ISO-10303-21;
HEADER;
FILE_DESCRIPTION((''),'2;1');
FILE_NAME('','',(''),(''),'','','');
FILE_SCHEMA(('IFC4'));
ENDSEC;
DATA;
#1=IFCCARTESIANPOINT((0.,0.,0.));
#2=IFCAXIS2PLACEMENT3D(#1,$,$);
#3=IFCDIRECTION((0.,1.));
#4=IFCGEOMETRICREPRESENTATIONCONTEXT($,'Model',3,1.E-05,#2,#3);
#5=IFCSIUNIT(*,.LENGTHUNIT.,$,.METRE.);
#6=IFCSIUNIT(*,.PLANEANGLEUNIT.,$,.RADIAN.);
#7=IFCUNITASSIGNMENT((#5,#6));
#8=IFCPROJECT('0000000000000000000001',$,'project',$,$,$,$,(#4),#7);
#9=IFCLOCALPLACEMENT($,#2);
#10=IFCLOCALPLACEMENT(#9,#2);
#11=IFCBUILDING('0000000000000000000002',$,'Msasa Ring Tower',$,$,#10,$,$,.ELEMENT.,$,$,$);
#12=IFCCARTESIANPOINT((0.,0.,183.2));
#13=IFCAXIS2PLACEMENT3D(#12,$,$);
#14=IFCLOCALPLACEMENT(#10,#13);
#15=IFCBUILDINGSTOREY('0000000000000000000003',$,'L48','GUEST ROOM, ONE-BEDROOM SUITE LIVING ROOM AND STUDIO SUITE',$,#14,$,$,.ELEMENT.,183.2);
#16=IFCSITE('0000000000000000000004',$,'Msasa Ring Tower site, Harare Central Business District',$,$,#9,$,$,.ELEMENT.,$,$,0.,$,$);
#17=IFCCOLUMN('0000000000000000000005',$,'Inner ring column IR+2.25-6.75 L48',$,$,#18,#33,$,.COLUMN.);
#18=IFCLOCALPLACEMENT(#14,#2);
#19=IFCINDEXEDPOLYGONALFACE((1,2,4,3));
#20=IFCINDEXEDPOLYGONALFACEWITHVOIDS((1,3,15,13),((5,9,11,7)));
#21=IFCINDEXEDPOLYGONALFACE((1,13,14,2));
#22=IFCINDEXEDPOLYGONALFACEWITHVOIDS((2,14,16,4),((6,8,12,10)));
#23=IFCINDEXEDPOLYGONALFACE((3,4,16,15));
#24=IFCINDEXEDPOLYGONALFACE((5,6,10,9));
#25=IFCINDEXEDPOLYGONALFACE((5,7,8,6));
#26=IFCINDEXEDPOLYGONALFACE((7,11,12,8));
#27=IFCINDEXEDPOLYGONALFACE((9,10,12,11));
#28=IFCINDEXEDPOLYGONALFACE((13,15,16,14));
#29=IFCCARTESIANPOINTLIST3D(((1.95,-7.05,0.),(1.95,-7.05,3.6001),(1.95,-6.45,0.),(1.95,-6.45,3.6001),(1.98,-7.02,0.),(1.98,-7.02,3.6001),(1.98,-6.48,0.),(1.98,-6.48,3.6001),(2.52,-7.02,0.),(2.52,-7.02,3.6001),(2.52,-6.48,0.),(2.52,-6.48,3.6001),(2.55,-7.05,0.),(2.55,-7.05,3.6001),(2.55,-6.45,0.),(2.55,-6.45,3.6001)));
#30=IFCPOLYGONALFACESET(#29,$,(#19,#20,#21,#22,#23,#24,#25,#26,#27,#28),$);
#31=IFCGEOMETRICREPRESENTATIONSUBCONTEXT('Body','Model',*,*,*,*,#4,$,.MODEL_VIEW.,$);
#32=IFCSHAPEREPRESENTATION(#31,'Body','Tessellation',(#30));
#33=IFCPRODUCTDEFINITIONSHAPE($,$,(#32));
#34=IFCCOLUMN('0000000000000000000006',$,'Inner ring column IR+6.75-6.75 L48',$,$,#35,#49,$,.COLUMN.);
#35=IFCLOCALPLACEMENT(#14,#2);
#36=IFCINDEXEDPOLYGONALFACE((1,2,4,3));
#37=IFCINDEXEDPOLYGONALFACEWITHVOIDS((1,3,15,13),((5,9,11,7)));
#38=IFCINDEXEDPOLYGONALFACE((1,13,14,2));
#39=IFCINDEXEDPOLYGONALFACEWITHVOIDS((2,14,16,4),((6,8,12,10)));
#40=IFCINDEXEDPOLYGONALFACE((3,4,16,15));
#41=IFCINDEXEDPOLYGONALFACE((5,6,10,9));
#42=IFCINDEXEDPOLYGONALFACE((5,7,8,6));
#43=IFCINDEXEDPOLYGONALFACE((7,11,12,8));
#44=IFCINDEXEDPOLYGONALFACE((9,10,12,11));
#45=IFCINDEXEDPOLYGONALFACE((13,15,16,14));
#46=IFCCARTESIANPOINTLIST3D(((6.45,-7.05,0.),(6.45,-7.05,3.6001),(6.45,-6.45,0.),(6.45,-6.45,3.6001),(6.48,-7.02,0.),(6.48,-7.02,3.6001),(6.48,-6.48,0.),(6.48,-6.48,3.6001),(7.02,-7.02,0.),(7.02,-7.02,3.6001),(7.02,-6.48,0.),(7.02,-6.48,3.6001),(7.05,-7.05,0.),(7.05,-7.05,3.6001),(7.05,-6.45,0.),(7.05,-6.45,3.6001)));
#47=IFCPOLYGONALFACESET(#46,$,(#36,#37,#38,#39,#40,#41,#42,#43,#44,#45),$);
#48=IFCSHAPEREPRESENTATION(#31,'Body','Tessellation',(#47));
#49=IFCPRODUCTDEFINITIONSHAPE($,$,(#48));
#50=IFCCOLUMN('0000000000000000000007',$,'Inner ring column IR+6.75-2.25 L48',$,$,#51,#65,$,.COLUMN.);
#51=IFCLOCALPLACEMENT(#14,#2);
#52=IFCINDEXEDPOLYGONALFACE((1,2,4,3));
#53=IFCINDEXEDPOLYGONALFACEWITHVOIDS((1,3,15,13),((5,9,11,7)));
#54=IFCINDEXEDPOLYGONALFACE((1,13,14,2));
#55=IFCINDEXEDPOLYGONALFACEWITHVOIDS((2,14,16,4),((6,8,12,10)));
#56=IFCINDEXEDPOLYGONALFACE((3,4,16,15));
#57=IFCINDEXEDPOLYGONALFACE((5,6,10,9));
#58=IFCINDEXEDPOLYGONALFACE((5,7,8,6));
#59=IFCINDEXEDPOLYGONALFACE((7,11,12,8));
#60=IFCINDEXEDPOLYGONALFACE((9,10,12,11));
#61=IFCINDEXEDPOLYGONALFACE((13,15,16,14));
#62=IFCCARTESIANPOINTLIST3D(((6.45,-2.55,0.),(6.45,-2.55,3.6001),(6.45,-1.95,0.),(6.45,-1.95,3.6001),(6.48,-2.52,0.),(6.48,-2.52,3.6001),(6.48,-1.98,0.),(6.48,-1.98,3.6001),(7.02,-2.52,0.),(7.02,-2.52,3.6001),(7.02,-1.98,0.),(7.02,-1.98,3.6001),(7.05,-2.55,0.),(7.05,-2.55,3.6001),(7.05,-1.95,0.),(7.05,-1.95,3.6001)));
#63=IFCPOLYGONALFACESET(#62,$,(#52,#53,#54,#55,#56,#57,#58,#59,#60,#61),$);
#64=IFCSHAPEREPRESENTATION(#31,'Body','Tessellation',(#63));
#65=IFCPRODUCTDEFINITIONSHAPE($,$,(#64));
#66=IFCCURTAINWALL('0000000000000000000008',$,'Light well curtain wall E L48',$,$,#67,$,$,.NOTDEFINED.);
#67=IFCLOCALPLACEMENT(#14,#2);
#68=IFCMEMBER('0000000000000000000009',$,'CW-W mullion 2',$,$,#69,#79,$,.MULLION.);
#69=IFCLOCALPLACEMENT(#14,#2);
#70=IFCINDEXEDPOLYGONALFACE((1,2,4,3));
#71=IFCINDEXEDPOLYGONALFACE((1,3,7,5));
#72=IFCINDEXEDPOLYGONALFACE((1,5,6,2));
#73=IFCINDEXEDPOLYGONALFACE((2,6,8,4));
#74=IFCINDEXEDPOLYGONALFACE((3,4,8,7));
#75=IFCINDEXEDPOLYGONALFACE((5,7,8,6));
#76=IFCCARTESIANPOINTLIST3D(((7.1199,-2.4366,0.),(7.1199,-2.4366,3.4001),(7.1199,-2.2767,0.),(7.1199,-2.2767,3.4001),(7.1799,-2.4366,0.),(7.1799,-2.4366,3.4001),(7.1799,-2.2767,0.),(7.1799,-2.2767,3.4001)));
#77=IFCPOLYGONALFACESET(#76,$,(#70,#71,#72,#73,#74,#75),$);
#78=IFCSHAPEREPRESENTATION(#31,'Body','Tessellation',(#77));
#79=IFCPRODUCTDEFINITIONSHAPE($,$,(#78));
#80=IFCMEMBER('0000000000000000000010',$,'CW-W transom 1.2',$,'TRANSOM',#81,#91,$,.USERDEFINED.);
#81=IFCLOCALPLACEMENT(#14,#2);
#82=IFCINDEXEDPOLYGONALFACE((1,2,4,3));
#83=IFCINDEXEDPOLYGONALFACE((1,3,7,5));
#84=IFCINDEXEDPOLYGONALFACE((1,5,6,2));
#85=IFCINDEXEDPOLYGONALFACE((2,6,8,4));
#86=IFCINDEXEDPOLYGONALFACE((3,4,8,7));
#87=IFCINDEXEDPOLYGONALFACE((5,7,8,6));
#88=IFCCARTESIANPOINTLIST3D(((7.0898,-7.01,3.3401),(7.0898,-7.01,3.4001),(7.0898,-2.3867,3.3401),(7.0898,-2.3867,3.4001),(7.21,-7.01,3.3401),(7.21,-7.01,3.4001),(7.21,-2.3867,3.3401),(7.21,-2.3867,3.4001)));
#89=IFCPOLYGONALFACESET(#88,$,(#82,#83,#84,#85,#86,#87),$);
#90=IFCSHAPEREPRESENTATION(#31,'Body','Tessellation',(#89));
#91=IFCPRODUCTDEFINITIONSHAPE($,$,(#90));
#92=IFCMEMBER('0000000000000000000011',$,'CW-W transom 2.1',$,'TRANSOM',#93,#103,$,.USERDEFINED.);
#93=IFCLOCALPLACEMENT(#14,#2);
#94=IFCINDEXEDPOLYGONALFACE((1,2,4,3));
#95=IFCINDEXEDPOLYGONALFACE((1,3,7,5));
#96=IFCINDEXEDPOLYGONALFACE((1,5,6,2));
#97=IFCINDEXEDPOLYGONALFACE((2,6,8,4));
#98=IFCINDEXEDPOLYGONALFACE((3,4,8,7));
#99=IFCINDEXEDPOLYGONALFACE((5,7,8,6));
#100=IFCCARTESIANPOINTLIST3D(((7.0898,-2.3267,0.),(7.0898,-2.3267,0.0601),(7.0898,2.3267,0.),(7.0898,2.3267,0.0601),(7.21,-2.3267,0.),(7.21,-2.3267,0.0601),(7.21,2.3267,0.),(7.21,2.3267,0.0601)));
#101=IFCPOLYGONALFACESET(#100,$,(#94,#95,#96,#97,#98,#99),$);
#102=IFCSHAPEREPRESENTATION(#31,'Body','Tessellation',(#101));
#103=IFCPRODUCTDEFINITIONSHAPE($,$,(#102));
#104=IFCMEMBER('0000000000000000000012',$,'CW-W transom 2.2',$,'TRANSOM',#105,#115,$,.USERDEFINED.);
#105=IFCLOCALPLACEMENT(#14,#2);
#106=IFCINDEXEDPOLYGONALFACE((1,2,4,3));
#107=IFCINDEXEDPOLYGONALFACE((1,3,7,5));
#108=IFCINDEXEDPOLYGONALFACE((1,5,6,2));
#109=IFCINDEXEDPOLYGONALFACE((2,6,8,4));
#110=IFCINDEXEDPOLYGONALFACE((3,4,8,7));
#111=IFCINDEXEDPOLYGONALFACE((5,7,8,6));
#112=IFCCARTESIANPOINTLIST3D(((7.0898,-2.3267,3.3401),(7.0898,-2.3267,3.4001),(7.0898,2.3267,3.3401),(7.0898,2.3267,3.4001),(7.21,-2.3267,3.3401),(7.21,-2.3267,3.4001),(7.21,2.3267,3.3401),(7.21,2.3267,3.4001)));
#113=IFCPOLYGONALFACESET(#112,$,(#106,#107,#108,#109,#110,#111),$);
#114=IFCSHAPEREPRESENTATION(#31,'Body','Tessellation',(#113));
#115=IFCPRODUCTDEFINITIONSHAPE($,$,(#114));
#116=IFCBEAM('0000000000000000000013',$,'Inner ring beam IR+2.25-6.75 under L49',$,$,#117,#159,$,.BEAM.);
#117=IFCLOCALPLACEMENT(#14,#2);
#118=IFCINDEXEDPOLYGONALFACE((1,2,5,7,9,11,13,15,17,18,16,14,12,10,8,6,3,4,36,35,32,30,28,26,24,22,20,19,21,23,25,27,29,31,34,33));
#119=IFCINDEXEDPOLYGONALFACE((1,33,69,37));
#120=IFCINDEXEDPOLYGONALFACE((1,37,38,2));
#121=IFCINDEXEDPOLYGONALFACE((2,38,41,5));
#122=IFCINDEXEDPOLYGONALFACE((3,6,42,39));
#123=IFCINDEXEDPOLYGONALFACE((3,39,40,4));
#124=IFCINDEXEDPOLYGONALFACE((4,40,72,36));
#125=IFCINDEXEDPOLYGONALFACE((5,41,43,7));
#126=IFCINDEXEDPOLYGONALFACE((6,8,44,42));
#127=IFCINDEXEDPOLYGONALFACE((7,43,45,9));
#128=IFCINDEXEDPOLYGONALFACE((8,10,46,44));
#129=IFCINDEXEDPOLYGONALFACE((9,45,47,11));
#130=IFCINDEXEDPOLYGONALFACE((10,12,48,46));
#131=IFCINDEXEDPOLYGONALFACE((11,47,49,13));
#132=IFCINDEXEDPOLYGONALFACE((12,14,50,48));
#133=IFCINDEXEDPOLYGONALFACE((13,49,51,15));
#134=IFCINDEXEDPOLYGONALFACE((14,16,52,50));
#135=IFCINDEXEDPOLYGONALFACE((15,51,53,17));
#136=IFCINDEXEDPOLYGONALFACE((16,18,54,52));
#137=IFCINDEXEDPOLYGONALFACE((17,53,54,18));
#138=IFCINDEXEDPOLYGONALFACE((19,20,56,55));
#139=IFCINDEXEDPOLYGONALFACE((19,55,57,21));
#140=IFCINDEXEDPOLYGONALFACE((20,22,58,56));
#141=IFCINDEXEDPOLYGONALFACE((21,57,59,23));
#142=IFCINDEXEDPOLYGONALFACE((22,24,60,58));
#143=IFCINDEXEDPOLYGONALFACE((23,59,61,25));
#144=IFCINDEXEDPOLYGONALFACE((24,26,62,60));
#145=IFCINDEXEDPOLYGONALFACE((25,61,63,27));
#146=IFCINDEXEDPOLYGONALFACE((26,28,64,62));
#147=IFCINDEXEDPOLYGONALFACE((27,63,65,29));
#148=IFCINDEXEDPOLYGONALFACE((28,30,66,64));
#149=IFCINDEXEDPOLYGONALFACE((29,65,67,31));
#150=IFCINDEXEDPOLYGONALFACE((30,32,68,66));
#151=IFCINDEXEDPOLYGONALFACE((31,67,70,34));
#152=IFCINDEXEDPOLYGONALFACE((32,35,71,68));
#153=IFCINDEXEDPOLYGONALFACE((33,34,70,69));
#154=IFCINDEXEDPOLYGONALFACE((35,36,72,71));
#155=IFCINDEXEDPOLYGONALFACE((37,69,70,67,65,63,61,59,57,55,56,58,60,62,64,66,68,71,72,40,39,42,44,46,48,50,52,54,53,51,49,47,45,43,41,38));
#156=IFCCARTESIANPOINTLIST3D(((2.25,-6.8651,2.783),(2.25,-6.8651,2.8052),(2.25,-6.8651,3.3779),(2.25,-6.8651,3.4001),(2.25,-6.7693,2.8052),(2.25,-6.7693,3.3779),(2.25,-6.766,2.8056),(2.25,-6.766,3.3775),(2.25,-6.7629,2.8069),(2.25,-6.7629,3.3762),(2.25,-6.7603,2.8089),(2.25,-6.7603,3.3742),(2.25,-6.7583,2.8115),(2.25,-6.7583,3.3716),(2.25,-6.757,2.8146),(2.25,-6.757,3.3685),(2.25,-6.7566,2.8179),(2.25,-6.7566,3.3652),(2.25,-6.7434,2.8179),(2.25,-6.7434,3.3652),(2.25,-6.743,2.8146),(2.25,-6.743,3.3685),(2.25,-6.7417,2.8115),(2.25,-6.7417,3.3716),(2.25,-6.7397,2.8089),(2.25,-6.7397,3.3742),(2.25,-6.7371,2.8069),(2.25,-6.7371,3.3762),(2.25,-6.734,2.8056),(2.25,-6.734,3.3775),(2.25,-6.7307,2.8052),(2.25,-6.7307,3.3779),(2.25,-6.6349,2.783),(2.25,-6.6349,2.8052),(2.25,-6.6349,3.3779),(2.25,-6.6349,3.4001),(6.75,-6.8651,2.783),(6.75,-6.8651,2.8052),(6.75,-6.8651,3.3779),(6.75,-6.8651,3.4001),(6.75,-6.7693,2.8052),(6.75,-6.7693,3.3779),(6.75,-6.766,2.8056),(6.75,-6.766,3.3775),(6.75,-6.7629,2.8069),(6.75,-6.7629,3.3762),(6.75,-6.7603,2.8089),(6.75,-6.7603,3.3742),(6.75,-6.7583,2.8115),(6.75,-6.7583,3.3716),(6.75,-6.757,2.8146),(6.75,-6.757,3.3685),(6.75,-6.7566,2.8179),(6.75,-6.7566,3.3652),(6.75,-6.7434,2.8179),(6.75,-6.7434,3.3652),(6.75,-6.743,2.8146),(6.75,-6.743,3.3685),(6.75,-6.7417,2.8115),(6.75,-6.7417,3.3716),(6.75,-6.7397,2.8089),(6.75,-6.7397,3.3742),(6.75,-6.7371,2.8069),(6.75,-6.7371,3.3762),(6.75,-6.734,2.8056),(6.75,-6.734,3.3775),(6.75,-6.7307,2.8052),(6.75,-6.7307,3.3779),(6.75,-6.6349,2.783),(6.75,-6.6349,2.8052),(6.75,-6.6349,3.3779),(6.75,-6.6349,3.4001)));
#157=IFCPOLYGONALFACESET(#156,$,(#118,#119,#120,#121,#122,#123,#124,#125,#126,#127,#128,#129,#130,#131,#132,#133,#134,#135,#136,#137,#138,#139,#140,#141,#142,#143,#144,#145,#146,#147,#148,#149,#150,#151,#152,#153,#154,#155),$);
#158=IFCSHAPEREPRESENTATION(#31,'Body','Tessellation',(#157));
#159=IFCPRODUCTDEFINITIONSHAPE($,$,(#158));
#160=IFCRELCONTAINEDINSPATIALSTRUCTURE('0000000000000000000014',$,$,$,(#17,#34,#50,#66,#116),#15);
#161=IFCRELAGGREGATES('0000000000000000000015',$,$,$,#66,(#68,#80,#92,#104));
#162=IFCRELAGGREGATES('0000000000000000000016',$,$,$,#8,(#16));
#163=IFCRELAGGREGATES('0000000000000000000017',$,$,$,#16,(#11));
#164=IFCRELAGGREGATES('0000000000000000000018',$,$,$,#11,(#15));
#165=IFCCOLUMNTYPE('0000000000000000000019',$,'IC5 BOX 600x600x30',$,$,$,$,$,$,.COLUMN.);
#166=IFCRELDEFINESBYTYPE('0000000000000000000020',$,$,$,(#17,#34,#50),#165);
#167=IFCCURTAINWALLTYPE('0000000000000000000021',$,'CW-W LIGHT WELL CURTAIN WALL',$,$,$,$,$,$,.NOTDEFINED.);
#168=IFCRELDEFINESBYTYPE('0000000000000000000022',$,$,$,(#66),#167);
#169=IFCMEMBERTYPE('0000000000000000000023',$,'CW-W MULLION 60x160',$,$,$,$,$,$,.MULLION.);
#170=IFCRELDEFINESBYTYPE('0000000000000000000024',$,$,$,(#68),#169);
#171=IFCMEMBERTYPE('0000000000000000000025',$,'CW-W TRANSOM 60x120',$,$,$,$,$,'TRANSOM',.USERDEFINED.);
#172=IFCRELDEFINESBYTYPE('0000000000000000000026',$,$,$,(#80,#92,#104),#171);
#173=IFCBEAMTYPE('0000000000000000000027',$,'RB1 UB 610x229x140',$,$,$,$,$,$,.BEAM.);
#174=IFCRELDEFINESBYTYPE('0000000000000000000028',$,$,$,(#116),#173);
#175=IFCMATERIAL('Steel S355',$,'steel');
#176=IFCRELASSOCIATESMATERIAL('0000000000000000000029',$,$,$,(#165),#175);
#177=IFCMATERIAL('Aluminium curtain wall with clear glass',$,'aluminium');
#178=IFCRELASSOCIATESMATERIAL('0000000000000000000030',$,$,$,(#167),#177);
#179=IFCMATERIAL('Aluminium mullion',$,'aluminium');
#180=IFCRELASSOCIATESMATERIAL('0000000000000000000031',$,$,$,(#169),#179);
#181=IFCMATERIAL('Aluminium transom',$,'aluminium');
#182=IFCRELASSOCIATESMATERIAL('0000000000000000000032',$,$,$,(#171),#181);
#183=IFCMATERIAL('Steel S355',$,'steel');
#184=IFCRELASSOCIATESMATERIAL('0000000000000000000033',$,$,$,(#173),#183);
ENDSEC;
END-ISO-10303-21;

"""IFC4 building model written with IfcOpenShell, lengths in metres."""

from ifc_helpers import new_model, si_unit, direction, frame, origin, origin_2d, place, context, subcontext, project, spatial, rectangle, hollow_rectangle, i_section, extrude, material, material_profile, profile_set, type_object, element, aggregate, save


model = new_model("IFC4")

# Units and contexts
model_context = context("Model", 3, precision=1e-05, world=origin(), true_north=direction((0.0, 1.0)))
body_context = subcontext(model_context, "Body", "Model", "MODEL_VIEW")
ifc_project = project(units=[si_unit("LENGTHUNIT", "METRE"), si_unit("PLANEANGLEUNIT", "RADIAN")], contexts=[model_context])

# Site, building, storey
site_placement = place(None, origin())
site = spatial("IfcSite", under=ifc_project, at=site_placement, Name="Msasa Ring Tower site, Harare Central Business District", CompositionType="ELEMENT", RefElevation=0.0)
building_placement = place(site_placement, origin())
building = spatial("IfcBuilding", under=site, at=building_placement, Name="Msasa Ring Tower", CompositionType="ELEMENT")
storey_placement = place(building_placement, frame((0.0, 0.0, 183.2)))
storey = spatial("IfcBuildingStorey", under=building, at=storey_placement, Name="L48", Description="GUEST ROOM, ONE-BEDROOM SUITE LIVING ROOM AND STUDIO SUITE", CompositionType="ELEMENT", Elevation=183.2)

# Columns
ifc_material_1 = material(Name="Steel S355", Category="steel")
ifc_material_profile_1 = material_profile(ifc_material_1, hollow_rectangle(XDim=0.6001, YDim=0.6001, WallThickness=0.03, at=origin_2d()), Name="BOX 600x600x30")
ifc_profile_set_1 = profile_set([ifc_material_profile_1], Name="Steel S355")
column_type = type_object("IfcColumnType", Name="IC5 BOX 600x600x30", PredefinedType="COLUMN", material=ifc_profile_set_1)
for number, where, z_axis, x_axis, name in (
    (1, (2.25, -6.75, 0.0), (0.0, 0.0, 1.0), (1.0, 0.0, 0.0), "Inner ring column IR+2.25-6.75 L48"),
    (2, (6.75, -6.75, 0.0), (0.0, 0.0, 1.0), (1.0, 0.0, 0.0), "Inner ring column IR+6.75-6.75 L48"),
    (3, (6.75, -2.25, 0.0), (0.0, 0.0, 1.0), (1.0, 0.0, 0.0), "Inner ring column IR+6.75-2.25 L48"),
):
    element("IfcColumn", number, at=place(storey_placement, frame(where, z_axis=z_axis, x_axis=x_axis)), inside=storey, type_object=column_type, Name=name, PredefinedType="COLUMN", context=body_context, shape_type="SweptSolid", body=[
        extrude(hollow_rectangle(XDim=0.6001, YDim=0.6001, WallThickness=0.03, at=origin_2d()), origin(), (0.0, 0.0, 1.0), 3.6001),
    ])

# Curtain wall, members
ifc_material_2 = material(Name="Aluminium curtain wall with clear glass", Category="aluminium")
curtain_wall_type = type_object("IfcCurtainWallType", Name="CW-W LIGHT WELL CURTAIN WALL", PredefinedType="NOTDEFINED", material=ifc_material_2)
curtain_wall_placement = place(storey_placement, origin())
curtain_wall = element("IfcCurtainWall", 4, at=curtain_wall_placement, inside=storey, type_object=curtain_wall_type, Name="Light well curtain wall E L48", PredefinedType="NOTDEFINED")
ifc_material_3 = material(Name="Aluminium mullion", Category="aluminium")
ifc_material_profile_2 = material_profile(ifc_material_3, rectangle(XDim=0.0601, YDim=0.1599, at=origin_2d()), Name="AL 60x160")
ifc_profile_set_2 = profile_set([ifc_material_profile_2], Name="Aluminium mullion")
member_type_1 = type_object("IfcMemberType", Name="CW-W MULLION 60x160", PredefinedType="MULLION", material=ifc_profile_set_2)
member_1_placement = place(storey_placement, frame((7.1499, -2.3567, 0.0), z_axis=(0.0, 0.0, 1.0), x_axis=(-1.0, 0.0, 0.0)))
member_1 = element("IfcMember", 5, at=member_1_placement, type_object=member_type_1, Name="CW-W mullion 2", PredefinedType="MULLION", context=body_context, shape_type="SweptSolid", body=[
    extrude(rectangle(XDim=0.0601, YDim=0.1599, at=origin_2d()), origin(), (0.0, 0.0, 1.0), 3.4001),
])
ifc_material_4 = material(Name="Aluminium transom", Category="aluminium")
ifc_material_profile_3 = material_profile(ifc_material_4, rectangle(XDim=0.1201, YDim=0.0601, at=origin_2d()), Name="AL 60x120")
ifc_profile_set_3 = profile_set([ifc_material_profile_3], Name="Aluminium transom")
member_type_2 = type_object("IfcMemberType", Name="CW-W TRANSOM 60x120", ElementType="TRANSOM", PredefinedType="USERDEFINED", material=ifc_profile_set_3)
member_2_placement = place(storey_placement, frame((7.1499, -7.01, 3.3701), z_axis=(0.0, 1.0, 0.0), x_axis=(-1.0, 0.0, 0.0)))
member_2 = element("IfcMember", 6, at=member_2_placement, type_object=member_type_2, Name="CW-W transom 1.2", ObjectType="TRANSOM", PredefinedType="USERDEFINED", context=body_context, shape_type="SweptSolid", body=[
    extrude(rectangle(XDim=0.1201, YDim=0.0601, at=origin_2d()), origin(), (0.0, 0.0, 1.0), 4.6233),
])
member_3_placement = place(storey_placement, frame((7.1499, -2.3267, 0.03), z_axis=(0.0, 1.0, 0.0), x_axis=(-1.0, 0.0, 0.0)))
member_3 = element("IfcMember", 7, at=member_3_placement, type_object=member_type_2, Name="CW-W transom 2.1", ObjectType="TRANSOM", PredefinedType="USERDEFINED", context=body_context, shape_type="SweptSolid", body=[
    extrude(rectangle(XDim=0.1201, YDim=0.0601, at=origin_2d()), origin(), (0.0, 0.0, 1.0), 4.6533),
])
member_4_placement = place(storey_placement, frame((7.1499, -2.3267, 3.3701), z_axis=(0.0, 1.0, 0.0), x_axis=(-1.0, 0.0, 0.0)))
member_4 = element("IfcMember", 8, at=member_4_placement, type_object=member_type_2, Name="CW-W transom 2.2", ObjectType="TRANSOM", PredefinedType="USERDEFINED", context=body_context, shape_type="SweptSolid", body=[
    extrude(rectangle(XDim=0.1201, YDim=0.0601, at=origin_2d()), origin(), (0.0, 0.0, 1.0), 4.6533),
])

# Beam
ifc_material_5 = material(Name="Steel S355", Category="steel")
ifc_material_profile_4 = material_profile(ifc_material_5, i_section(OverallWidth=0.2302, OverallDepth=0.6172, WebThickness=0.0132, FlangeThickness=0.0222, FilletRadius=0.0127, at=origin_2d()), Name="UB 610x229x140")
ifc_profile_set_4 = profile_set([ifc_material_profile_4], Name="Steel S355")
beam_type = type_object("IfcBeamType", Name="RB1 UB 610x229x140", PredefinedType="BEAM", material=ifc_profile_set_4)
for number, where, z_axis, x_axis, name in (
    (9, (2.25, -6.75, 3.0916), (1.0, 0.0, 0.0), (0.0, 1.0, 0.0), "Inner ring beam IR+2.25-6.75 under L49"),
):
    element("IfcBeam", number, at=place(storey_placement, frame(where, z_axis=z_axis, x_axis=x_axis)), inside=storey, type_object=beam_type, Name=name, PredefinedType="BEAM", context=body_context, shape_type="SweptSolid", body=[
        extrude(i_section(OverallWidth=0.2302, OverallDepth=0.6172, WebThickness=0.0132, FlangeThickness=0.0222, FilletRadius=0.0127, at=origin_2d()), origin(), (0.0, 0.0, 1.0), 4.5),
    ])

aggregate(curtain_wall, [member_1, member_2, member_3, member_4])

save(model, "model.ifc")
